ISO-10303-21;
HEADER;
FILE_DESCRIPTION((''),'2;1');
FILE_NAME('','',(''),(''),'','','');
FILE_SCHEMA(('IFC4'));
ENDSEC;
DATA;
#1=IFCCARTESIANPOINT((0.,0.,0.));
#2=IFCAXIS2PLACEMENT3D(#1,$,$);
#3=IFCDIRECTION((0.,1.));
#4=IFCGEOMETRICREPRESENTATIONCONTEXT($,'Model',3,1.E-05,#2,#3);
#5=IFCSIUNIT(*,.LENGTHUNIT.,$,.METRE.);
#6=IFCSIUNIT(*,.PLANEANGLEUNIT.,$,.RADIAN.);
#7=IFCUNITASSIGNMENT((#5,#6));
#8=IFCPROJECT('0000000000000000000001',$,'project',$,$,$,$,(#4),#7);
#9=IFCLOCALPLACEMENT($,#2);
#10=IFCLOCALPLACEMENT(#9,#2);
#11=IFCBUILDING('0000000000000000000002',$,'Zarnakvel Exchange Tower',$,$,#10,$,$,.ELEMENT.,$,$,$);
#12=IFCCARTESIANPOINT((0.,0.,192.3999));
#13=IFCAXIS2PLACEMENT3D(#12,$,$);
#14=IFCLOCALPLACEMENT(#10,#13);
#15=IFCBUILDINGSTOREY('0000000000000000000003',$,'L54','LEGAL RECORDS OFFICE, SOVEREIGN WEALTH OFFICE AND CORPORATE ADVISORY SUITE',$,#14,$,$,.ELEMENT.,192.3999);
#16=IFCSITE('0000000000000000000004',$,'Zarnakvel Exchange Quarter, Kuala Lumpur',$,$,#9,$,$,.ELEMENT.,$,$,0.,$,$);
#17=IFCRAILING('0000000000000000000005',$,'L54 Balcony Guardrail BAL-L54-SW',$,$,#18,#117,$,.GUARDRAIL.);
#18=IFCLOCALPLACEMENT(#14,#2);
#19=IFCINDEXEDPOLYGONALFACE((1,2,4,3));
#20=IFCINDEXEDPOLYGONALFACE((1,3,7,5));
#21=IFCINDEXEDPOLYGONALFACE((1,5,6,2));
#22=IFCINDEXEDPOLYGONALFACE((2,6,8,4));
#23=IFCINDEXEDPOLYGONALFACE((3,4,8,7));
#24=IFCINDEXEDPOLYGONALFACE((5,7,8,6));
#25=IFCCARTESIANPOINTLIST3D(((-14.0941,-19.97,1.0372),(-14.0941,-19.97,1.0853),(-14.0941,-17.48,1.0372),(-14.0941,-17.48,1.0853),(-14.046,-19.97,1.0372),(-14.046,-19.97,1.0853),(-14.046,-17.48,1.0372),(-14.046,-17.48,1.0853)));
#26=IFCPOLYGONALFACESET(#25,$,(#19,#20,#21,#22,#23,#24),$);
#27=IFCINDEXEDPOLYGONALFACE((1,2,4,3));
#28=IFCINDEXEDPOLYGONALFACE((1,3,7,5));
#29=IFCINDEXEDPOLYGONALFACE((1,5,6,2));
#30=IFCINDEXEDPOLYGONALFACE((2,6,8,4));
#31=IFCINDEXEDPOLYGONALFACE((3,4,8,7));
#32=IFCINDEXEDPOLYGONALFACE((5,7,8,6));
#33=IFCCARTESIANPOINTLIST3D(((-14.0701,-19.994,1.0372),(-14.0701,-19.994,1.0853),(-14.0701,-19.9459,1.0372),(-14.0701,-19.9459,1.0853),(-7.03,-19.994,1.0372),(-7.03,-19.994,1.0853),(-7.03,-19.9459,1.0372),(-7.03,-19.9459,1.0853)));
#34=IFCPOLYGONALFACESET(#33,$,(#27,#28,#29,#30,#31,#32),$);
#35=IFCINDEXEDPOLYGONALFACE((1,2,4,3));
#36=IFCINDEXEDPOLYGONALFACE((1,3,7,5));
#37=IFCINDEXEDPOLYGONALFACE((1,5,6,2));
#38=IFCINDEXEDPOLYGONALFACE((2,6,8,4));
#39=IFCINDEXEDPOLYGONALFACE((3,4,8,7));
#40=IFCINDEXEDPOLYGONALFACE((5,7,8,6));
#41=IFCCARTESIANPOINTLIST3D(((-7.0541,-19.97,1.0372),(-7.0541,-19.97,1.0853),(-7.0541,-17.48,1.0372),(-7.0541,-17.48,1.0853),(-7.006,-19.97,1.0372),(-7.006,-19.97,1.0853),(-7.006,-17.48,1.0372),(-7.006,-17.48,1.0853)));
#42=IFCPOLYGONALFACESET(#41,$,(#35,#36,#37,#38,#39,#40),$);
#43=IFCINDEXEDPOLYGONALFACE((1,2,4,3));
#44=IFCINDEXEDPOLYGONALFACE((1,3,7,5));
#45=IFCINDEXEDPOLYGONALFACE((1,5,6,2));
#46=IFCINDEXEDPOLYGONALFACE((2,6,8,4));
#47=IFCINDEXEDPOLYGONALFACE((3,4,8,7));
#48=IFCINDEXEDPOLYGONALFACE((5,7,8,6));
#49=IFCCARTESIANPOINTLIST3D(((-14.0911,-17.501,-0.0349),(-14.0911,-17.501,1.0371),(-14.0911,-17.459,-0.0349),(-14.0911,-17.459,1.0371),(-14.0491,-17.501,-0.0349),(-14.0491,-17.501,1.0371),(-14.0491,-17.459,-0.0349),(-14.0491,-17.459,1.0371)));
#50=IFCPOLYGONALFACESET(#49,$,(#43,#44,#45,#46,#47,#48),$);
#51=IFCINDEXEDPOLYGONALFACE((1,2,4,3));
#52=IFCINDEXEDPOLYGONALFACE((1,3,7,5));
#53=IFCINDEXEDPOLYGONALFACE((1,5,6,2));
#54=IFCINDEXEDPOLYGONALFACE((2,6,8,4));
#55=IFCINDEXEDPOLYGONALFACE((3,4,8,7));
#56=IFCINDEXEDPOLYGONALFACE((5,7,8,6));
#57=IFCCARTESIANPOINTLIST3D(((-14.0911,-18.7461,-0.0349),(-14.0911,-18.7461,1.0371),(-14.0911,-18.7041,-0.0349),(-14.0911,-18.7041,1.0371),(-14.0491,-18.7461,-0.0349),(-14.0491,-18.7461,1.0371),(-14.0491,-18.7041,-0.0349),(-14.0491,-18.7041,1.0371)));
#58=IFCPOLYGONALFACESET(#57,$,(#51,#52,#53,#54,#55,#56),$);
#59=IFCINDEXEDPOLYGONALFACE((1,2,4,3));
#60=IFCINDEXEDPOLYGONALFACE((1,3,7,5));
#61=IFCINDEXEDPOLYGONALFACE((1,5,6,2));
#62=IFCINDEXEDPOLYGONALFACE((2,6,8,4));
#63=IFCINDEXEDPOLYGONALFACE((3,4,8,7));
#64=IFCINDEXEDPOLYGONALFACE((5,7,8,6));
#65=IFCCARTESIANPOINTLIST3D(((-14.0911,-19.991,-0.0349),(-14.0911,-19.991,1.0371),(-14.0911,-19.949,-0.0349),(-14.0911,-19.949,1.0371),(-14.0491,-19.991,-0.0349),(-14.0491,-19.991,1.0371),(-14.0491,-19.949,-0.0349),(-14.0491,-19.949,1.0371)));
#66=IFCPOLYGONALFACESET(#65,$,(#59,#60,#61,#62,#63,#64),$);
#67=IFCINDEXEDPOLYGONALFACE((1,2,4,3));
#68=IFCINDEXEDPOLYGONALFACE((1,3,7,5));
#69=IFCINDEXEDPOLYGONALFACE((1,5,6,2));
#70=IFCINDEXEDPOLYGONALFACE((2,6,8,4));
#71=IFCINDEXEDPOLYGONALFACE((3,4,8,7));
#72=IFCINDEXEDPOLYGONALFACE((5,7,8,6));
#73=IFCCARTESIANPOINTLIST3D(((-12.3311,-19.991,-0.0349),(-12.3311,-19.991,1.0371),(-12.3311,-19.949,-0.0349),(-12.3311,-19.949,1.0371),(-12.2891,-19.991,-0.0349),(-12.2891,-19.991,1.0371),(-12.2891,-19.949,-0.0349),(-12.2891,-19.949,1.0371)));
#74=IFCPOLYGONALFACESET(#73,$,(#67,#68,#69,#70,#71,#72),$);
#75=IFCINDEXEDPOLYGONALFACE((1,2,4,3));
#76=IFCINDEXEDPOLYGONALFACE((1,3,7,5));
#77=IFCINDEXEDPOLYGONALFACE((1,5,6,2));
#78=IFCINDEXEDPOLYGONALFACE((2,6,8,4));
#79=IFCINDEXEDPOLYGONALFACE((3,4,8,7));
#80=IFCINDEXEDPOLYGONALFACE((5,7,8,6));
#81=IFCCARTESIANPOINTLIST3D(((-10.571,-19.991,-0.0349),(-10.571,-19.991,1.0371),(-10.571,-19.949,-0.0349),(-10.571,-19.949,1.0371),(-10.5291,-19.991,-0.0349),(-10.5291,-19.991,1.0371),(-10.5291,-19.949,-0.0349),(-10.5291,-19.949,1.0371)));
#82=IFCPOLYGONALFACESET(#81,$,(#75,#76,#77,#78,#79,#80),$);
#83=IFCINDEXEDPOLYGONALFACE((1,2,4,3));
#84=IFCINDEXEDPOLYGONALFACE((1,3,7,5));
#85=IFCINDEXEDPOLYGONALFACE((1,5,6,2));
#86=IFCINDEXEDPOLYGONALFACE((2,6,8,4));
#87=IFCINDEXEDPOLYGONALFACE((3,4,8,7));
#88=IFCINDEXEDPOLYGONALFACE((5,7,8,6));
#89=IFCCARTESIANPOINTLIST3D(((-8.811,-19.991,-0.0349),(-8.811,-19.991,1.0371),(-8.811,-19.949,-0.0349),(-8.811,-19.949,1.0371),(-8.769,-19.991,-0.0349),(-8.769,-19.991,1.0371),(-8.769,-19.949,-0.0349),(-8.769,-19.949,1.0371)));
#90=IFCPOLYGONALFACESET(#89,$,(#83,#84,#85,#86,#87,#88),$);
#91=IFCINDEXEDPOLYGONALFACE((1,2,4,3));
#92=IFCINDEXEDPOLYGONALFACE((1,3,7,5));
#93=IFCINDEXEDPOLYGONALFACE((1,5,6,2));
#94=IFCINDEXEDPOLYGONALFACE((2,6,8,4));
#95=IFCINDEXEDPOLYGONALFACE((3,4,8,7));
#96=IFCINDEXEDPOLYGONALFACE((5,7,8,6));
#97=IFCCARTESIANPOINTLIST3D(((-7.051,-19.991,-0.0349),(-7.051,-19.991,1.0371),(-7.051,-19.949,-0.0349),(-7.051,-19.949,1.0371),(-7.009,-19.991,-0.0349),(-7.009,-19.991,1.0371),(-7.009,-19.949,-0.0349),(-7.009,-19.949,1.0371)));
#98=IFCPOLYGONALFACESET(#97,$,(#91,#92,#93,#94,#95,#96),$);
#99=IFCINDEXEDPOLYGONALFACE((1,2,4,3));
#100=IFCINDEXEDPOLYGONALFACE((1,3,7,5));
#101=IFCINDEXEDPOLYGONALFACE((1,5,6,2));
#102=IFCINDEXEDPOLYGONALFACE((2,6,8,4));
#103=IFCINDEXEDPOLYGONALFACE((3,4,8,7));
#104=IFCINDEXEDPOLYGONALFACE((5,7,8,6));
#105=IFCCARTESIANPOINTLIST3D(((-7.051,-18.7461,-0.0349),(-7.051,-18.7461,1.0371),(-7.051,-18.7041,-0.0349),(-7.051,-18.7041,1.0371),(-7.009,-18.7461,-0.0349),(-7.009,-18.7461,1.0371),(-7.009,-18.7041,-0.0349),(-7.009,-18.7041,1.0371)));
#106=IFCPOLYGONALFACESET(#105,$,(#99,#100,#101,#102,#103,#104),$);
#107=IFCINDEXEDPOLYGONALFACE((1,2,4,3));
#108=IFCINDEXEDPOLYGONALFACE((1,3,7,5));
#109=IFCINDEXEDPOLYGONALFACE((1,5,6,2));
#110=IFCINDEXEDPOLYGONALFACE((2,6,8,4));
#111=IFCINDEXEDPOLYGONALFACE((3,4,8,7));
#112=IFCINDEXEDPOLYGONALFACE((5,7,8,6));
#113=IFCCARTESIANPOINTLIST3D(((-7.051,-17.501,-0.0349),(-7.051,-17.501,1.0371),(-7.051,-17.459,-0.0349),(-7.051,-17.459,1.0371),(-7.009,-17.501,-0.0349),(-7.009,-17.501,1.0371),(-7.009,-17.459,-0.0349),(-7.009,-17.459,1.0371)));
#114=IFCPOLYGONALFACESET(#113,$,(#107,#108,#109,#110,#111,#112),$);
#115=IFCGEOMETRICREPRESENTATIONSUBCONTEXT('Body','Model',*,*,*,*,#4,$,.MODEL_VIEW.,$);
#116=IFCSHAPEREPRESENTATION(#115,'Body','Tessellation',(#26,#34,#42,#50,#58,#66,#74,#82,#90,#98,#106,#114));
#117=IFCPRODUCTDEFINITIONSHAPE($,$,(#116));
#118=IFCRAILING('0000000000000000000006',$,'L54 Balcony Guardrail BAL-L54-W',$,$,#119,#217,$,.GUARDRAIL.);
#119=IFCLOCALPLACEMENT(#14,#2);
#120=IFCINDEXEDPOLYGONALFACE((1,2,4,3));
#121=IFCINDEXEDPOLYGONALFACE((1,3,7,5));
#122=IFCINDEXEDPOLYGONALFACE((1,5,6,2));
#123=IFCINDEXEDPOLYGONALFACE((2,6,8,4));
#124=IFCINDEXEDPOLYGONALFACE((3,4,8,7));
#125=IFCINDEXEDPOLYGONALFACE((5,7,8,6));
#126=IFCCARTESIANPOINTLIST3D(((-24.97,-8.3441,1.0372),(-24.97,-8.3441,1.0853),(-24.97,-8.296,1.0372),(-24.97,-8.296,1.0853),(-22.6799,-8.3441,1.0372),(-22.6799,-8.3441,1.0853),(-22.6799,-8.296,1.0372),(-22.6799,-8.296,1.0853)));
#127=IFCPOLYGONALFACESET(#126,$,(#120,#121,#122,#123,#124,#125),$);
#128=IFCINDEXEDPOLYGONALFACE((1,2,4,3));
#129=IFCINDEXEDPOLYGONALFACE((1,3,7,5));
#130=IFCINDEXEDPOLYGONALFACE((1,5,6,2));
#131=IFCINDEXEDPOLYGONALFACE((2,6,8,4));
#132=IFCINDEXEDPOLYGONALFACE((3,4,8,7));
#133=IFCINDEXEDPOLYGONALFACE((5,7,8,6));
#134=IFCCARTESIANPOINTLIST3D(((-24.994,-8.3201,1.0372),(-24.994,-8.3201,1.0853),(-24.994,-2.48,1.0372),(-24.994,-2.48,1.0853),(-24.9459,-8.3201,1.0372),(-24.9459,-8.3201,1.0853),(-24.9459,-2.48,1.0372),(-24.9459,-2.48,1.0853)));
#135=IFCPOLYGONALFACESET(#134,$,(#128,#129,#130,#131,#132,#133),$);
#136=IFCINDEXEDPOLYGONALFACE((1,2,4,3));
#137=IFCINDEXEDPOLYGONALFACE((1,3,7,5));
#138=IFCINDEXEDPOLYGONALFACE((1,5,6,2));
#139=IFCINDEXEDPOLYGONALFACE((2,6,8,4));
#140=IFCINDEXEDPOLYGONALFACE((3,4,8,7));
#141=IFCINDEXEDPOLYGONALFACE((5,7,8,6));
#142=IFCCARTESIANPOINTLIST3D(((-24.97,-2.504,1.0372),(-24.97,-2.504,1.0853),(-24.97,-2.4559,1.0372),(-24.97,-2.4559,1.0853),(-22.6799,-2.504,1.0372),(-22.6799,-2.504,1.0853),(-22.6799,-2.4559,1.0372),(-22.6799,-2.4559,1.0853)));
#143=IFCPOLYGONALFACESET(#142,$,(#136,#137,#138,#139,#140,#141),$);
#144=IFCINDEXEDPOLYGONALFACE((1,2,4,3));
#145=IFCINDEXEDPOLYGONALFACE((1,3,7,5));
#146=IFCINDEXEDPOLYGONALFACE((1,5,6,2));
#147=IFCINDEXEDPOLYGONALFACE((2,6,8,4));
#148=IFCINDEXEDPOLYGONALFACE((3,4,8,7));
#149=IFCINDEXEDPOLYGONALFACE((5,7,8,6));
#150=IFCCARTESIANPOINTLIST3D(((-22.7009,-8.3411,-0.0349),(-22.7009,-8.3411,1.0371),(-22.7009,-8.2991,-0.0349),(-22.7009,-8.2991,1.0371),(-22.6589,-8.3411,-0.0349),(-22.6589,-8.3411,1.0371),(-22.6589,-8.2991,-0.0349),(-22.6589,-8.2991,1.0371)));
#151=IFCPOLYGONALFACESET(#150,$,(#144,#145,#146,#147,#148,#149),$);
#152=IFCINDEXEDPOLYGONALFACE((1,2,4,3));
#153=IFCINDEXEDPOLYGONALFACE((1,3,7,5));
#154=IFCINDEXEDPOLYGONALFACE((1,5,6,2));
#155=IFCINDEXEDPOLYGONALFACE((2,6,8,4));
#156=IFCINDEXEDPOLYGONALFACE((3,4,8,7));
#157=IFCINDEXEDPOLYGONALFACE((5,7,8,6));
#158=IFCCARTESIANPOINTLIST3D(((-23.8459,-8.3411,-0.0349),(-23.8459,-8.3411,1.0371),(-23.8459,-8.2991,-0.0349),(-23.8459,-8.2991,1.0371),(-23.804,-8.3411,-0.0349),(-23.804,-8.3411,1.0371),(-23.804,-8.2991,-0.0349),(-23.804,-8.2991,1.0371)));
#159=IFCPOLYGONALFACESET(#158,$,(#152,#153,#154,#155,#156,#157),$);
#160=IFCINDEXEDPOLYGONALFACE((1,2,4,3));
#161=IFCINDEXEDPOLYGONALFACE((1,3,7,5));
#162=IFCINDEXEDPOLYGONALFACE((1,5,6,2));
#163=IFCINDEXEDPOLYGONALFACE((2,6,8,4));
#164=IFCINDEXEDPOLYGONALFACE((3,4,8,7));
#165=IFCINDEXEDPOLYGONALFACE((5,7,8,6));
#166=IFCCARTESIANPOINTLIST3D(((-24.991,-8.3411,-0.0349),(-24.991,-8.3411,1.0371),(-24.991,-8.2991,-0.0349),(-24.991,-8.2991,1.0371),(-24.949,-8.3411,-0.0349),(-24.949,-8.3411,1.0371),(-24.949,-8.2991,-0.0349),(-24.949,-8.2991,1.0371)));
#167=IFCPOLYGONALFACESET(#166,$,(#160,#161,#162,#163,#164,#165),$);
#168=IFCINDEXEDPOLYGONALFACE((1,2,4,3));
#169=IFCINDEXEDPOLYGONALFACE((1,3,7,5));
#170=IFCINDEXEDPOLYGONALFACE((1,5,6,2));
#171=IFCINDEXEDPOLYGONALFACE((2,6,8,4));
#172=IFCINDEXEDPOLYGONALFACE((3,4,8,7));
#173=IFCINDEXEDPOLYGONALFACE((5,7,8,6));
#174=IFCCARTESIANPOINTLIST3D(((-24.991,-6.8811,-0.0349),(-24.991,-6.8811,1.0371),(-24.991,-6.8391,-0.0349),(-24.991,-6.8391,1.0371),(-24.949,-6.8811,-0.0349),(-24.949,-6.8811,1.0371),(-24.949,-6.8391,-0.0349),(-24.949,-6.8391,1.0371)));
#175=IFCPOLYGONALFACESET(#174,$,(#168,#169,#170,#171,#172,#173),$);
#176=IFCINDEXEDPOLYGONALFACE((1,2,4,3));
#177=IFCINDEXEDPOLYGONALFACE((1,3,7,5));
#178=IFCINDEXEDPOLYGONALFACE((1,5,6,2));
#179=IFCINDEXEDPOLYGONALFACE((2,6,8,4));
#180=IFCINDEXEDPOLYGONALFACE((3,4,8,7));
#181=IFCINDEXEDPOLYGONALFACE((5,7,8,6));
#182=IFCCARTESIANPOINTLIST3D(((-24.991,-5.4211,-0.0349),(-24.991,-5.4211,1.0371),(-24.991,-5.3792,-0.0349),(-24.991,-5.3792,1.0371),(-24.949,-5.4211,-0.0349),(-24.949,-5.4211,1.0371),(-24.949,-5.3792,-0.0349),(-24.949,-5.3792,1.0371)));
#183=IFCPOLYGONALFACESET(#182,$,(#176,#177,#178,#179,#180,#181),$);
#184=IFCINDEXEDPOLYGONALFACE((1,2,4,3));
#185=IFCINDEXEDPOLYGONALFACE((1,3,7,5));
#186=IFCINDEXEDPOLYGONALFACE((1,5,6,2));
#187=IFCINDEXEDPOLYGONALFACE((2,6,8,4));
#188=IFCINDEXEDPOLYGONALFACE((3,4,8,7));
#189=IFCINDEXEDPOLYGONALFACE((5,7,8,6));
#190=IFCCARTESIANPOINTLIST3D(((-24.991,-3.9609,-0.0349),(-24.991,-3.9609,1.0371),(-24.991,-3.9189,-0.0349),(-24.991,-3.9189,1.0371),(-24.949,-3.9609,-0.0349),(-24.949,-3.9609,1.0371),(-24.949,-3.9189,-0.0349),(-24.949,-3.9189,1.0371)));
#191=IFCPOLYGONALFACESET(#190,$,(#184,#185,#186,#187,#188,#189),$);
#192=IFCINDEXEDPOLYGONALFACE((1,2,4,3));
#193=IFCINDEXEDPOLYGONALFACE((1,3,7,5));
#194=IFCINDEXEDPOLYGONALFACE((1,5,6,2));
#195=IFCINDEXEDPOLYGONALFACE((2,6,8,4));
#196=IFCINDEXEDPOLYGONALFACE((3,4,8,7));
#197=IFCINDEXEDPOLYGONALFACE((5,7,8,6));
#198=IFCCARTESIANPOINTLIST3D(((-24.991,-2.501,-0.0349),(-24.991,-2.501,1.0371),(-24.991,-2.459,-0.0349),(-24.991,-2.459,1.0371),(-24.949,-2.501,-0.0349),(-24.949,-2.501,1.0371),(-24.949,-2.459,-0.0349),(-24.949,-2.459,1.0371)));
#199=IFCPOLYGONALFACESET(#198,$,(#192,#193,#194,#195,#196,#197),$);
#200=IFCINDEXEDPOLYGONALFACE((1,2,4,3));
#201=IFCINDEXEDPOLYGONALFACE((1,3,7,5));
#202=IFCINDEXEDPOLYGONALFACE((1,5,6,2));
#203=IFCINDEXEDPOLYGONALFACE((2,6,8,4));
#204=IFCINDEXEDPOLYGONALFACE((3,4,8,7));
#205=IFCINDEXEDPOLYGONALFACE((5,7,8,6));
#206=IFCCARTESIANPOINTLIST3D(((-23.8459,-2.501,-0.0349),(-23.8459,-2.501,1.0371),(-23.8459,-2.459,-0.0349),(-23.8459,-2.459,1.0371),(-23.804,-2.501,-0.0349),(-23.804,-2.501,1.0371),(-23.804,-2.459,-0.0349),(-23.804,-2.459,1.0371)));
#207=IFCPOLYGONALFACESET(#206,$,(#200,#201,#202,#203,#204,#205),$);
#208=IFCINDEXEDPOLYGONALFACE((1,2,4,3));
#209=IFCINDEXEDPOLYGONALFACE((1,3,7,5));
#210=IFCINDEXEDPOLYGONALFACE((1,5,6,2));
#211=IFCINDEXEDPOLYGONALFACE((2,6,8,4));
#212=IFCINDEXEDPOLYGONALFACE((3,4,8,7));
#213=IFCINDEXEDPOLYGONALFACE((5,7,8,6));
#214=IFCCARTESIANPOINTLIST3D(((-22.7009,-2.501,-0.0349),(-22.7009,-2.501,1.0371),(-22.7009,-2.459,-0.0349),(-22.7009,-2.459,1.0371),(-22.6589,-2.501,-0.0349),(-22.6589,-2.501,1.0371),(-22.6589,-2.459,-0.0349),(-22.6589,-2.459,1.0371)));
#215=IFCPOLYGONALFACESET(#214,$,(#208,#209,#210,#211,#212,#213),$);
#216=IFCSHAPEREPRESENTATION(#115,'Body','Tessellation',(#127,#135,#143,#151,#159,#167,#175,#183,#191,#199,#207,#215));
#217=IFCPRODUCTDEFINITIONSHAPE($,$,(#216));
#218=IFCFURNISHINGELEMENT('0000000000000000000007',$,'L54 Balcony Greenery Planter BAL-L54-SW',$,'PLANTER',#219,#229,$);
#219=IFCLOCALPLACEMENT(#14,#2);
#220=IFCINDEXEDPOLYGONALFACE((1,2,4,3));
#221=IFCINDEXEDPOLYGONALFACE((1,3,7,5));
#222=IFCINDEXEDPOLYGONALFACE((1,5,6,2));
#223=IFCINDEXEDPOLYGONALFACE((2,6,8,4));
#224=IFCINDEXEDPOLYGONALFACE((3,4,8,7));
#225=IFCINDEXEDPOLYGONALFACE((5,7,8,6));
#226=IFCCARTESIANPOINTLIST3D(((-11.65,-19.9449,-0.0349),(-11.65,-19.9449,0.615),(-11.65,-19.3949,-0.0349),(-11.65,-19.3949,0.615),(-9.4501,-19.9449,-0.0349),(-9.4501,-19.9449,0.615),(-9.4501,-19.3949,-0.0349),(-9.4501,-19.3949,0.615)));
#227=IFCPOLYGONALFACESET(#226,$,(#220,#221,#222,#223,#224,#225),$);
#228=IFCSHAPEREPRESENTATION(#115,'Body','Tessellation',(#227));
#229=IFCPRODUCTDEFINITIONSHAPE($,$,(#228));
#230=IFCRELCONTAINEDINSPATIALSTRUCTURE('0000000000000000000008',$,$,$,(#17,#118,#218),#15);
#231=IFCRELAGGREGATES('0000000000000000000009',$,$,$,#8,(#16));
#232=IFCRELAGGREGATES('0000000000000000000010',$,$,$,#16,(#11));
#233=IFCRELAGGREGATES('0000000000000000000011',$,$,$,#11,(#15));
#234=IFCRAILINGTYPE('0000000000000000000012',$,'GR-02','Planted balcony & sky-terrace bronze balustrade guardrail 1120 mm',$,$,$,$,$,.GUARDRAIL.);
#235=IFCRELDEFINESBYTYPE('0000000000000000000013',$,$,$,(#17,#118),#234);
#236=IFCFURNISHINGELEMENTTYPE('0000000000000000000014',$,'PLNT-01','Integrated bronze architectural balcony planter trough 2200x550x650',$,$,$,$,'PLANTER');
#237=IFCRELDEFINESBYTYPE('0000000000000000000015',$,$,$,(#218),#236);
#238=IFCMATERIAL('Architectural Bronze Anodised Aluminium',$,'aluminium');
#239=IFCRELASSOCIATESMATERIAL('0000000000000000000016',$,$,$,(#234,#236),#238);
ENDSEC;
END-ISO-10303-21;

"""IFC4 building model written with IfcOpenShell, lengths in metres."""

from ifc_helpers import new_model, si_unit, direction, frame, origin, origin_2d, place, context, subcontext, project, spatial, rectangle, extrude, source, transform, mapped, material, type_object, element, save


model = new_model("IFC4")

# Units and contexts
model_context = context("Model", 3, precision=1e-05, world=origin(), true_north=direction((0.0, 1.0)))
body_context = subcontext(model_context, "Body", "Model", "MODEL_VIEW")
ifc_project = project(units=[si_unit("LENGTHUNIT", "METRE"), si_unit("PLANEANGLEUNIT", "RADIAN")], contexts=[model_context])

# Site, building, storey
site_placement = place(None, origin())
site = spatial("IfcSite", under=ifc_project, at=site_placement, Name="Zarnakvel Exchange Quarter, Kuala Lumpur", CompositionType="ELEMENT", RefElevation=0.0)
building_placement = place(site_placement, origin())
building = spatial("IfcBuilding", under=site, at=building_placement, Name="Zarnakvel Exchange Tower", CompositionType="ELEMENT")
storey_placement = place(building_placement, frame((0.0, 0.0, 192.3999)))
storey = spatial("IfcBuildingStorey", under=building, at=storey_placement, Name="L54", Description="LEGAL RECORDS OFFICE, SOVEREIGN WEALTH OFFICE AND CORPORATE ADVISORY SUITE", CompositionType="ELEMENT", Elevation=192.3999)

# Shared definitions
ifc_material_1 = material(Name="Architectural Bronze Anodised Aluminium", Category="aluminium")

# Railings
railing_type = type_object("IfcRailingType", Name="GR-02", Description="Planted balcony & sky-terrace bronze balustrade guardrail 1120 mm", PredefinedType="GUARDRAIL", material=ifc_material_1)
railing_1_placement = place(storey_placement, frame((-14.0701, -17.48, -0.0349)))
element("IfcRailing", 1, at=railing_1_placement, inside=storey, type_object=railing_type, Name="L54 Balcony Guardrail BAL-L54-SW", PredefinedType="GUARDRAIL", context=body_context, shape_type="SweptSolid", body=[
    extrude(rectangle(XDim=0.0481, YDim=0.0481, at=origin_2d()), frame((0.0, 0.0, 1.0962), z_axis=(0.0, -1.0, 0.0), x_axis=(1.0, 0.0, 0.0)), (0.0, 0.0, 1.0), 2.49),
    extrude(rectangle(XDim=0.0481, YDim=0.0481, at=origin_2d()), frame((0.0, -2.49, 1.0962), z_axis=(1.0, 0.0, 0.0), x_axis=(0.0, 1.0, 0.0)), (0.0, 0.0, 1.0), 7.04),
    extrude(rectangle(XDim=0.0481, YDim=0.0481, at=origin_2d()), frame((7.04, -2.49, 1.0962), z_axis=(0.0, 1.0, 0.0), x_axis=(-1.0, 0.0, 0.0)), (0.0, 0.0, 1.0), 2.49),
    extrude(rectangle(XDim=0.042, YDim=0.042, at=origin_2d()), origin(), (0.0, 0.0, 1.0), 1.072),
    extrude(rectangle(XDim=0.042, YDim=0.042, at=origin_2d()), frame((0.0, -1.2451, 0.0)), (0.0, 0.0, 1.0), 1.072),
    extrude(rectangle(XDim=0.042, YDim=0.042, at=origin_2d()), frame((0.0, -2.49, 0.0)), (0.0, 0.0, 1.0), 1.072),
    extrude(rectangle(XDim=0.042, YDim=0.042, at=origin_2d()), frame((1.76, -2.49, 0.0)), (0.0, 0.0, 1.0), 1.072),
    extrude(rectangle(XDim=0.042, YDim=0.042, at=origin_2d()), frame((3.52, -2.49, 0.0)), (0.0, 0.0, 1.0), 1.072),
    extrude(rectangle(XDim=0.042, YDim=0.042, at=origin_2d()), frame((5.28, -2.49, 0.0)), (0.0, 0.0, 1.0), 1.072),
    extrude(rectangle(XDim=0.042, YDim=0.042, at=origin_2d()), frame((7.04, -2.49, 0.0)), (0.0, 0.0, 1.0), 1.072),
    extrude(rectangle(XDim=0.042, YDim=0.042, at=origin_2d()), frame((7.04, -1.2451, 0.0)), (0.0, 0.0, 1.0), 1.072),
    extrude(rectangle(XDim=0.042, YDim=0.042, at=origin_2d()), frame((7.04, 0.0, 0.0)), (0.0, 0.0, 1.0), 1.072),
])
railing_2_placement = place(storey_placement, frame((-22.6799, -8.3201, -0.0349)))
element("IfcRailing", 2, at=railing_2_placement, inside=storey, type_object=railing_type, Name="L54 Balcony Guardrail BAL-L54-W", PredefinedType="GUARDRAIL", context=body_context, shape_type="SweptSolid", body=[
    extrude(rectangle(XDim=0.0481, YDim=0.0481, at=origin_2d()), frame((0.0, 0.0, 1.0962), z_axis=(-1.0, 0.0, 0.0), x_axis=(0.0, -1.0, 0.0)), (0.0, 0.0, 1.0), 2.29),
    extrude(rectangle(XDim=0.0481, YDim=0.0481, at=origin_2d()), frame((-2.29, 0.0, 1.0962), z_axis=(0.0, 1.0, 0.0), x_axis=(-1.0, 0.0, 0.0)), (0.0, 0.0, 1.0), 5.8401),
    extrude(rectangle(XDim=0.0481, YDim=0.0481, at=origin_2d()), frame((-2.29, 5.8401, 1.0962), z_axis=(1.0, 0.0, 0.0), x_axis=(0.0, 1.0, 0.0)), (0.0, 0.0, 1.0), 2.29),
    extrude(rectangle(XDim=0.042, YDim=0.042, at=origin_2d()), origin(), (0.0, 0.0, 1.0), 1.072),
    extrude(rectangle(XDim=0.042, YDim=0.042, at=origin_2d()), frame((-1.145, 0.0, 0.0)), (0.0, 0.0, 1.0), 1.072),
    extrude(rectangle(XDim=0.042, YDim=0.042, at=origin_2d()), frame((-2.29, 0.0, 0.0)), (0.0, 0.0, 1.0), 1.072),
    extrude(rectangle(XDim=0.042, YDim=0.042, at=origin_2d()), frame((-2.29, 1.46, 0.0)), (0.0, 0.0, 1.0), 1.072),
    extrude(rectangle(XDim=0.042, YDim=0.042, at=origin_2d()), frame((-2.29, 2.9199, 0.0)), (0.0, 0.0, 1.0), 1.072),
    extrude(rectangle(XDim=0.042, YDim=0.042, at=origin_2d()), frame((-2.29, 4.3801, 0.0)), (0.0, 0.0, 1.0), 1.072),
    extrude(rectangle(XDim=0.042, YDim=0.042, at=origin_2d()), frame((-2.29, 5.8401, 0.0)), (0.0, 0.0, 1.0), 1.072),
    extrude(rectangle(XDim=0.042, YDim=0.042, at=origin_2d()), frame((-1.145, 5.8401, 0.0)), (0.0, 0.0, 1.0), 1.072),
    extrude(rectangle(XDim=0.042, YDim=0.042, at=origin_2d()), frame((0.0, 5.8401, 0.0)), (0.0, 0.0, 1.0), 1.072),
])

# Furnishing element
furnishing_element_type = type_object("IfcFurnishingElementType", Name="PLNT-01", Description="Integrated bronze architectural balcony planter trough 2200x550x650", ElementType="PLANTER", material=ifc_material_1)
shared_shape_1 = source(origin(), body_context, "Body", "SweptSolid", [
    extrude(rectangle(XDim=2.2, YDim=0.55, at=origin_2d()), origin(), (0.0, 0.0, 1.0), 0.6499),
])
furnishing_placement = place(storey_placement, frame((-10.55, -19.6699, -0.0349), z_axis=(0.0, 0.0, 1.0), x_axis=(1.0, 0.0, 0.0)))
element("IfcFurnishingElement", 3, at=furnishing_placement, inside=storey, type_object=furnishing_element_type, Name="L54 Balcony Greenery Planter BAL-L54-SW", ObjectType="PLANTER", context=body_context, shape_type="MappedRepresentation", body=[
    mapped(shared_shape_1, transform((0.0, 0.0, 0.0), x_axis=(1.0, 0.0, 0.0), y_axis=(0.0, 1.0, 0.0), z_axis=(0.0, 0.0, 1.0), scale=1.0)),
])

save(model, "model.ifc")
